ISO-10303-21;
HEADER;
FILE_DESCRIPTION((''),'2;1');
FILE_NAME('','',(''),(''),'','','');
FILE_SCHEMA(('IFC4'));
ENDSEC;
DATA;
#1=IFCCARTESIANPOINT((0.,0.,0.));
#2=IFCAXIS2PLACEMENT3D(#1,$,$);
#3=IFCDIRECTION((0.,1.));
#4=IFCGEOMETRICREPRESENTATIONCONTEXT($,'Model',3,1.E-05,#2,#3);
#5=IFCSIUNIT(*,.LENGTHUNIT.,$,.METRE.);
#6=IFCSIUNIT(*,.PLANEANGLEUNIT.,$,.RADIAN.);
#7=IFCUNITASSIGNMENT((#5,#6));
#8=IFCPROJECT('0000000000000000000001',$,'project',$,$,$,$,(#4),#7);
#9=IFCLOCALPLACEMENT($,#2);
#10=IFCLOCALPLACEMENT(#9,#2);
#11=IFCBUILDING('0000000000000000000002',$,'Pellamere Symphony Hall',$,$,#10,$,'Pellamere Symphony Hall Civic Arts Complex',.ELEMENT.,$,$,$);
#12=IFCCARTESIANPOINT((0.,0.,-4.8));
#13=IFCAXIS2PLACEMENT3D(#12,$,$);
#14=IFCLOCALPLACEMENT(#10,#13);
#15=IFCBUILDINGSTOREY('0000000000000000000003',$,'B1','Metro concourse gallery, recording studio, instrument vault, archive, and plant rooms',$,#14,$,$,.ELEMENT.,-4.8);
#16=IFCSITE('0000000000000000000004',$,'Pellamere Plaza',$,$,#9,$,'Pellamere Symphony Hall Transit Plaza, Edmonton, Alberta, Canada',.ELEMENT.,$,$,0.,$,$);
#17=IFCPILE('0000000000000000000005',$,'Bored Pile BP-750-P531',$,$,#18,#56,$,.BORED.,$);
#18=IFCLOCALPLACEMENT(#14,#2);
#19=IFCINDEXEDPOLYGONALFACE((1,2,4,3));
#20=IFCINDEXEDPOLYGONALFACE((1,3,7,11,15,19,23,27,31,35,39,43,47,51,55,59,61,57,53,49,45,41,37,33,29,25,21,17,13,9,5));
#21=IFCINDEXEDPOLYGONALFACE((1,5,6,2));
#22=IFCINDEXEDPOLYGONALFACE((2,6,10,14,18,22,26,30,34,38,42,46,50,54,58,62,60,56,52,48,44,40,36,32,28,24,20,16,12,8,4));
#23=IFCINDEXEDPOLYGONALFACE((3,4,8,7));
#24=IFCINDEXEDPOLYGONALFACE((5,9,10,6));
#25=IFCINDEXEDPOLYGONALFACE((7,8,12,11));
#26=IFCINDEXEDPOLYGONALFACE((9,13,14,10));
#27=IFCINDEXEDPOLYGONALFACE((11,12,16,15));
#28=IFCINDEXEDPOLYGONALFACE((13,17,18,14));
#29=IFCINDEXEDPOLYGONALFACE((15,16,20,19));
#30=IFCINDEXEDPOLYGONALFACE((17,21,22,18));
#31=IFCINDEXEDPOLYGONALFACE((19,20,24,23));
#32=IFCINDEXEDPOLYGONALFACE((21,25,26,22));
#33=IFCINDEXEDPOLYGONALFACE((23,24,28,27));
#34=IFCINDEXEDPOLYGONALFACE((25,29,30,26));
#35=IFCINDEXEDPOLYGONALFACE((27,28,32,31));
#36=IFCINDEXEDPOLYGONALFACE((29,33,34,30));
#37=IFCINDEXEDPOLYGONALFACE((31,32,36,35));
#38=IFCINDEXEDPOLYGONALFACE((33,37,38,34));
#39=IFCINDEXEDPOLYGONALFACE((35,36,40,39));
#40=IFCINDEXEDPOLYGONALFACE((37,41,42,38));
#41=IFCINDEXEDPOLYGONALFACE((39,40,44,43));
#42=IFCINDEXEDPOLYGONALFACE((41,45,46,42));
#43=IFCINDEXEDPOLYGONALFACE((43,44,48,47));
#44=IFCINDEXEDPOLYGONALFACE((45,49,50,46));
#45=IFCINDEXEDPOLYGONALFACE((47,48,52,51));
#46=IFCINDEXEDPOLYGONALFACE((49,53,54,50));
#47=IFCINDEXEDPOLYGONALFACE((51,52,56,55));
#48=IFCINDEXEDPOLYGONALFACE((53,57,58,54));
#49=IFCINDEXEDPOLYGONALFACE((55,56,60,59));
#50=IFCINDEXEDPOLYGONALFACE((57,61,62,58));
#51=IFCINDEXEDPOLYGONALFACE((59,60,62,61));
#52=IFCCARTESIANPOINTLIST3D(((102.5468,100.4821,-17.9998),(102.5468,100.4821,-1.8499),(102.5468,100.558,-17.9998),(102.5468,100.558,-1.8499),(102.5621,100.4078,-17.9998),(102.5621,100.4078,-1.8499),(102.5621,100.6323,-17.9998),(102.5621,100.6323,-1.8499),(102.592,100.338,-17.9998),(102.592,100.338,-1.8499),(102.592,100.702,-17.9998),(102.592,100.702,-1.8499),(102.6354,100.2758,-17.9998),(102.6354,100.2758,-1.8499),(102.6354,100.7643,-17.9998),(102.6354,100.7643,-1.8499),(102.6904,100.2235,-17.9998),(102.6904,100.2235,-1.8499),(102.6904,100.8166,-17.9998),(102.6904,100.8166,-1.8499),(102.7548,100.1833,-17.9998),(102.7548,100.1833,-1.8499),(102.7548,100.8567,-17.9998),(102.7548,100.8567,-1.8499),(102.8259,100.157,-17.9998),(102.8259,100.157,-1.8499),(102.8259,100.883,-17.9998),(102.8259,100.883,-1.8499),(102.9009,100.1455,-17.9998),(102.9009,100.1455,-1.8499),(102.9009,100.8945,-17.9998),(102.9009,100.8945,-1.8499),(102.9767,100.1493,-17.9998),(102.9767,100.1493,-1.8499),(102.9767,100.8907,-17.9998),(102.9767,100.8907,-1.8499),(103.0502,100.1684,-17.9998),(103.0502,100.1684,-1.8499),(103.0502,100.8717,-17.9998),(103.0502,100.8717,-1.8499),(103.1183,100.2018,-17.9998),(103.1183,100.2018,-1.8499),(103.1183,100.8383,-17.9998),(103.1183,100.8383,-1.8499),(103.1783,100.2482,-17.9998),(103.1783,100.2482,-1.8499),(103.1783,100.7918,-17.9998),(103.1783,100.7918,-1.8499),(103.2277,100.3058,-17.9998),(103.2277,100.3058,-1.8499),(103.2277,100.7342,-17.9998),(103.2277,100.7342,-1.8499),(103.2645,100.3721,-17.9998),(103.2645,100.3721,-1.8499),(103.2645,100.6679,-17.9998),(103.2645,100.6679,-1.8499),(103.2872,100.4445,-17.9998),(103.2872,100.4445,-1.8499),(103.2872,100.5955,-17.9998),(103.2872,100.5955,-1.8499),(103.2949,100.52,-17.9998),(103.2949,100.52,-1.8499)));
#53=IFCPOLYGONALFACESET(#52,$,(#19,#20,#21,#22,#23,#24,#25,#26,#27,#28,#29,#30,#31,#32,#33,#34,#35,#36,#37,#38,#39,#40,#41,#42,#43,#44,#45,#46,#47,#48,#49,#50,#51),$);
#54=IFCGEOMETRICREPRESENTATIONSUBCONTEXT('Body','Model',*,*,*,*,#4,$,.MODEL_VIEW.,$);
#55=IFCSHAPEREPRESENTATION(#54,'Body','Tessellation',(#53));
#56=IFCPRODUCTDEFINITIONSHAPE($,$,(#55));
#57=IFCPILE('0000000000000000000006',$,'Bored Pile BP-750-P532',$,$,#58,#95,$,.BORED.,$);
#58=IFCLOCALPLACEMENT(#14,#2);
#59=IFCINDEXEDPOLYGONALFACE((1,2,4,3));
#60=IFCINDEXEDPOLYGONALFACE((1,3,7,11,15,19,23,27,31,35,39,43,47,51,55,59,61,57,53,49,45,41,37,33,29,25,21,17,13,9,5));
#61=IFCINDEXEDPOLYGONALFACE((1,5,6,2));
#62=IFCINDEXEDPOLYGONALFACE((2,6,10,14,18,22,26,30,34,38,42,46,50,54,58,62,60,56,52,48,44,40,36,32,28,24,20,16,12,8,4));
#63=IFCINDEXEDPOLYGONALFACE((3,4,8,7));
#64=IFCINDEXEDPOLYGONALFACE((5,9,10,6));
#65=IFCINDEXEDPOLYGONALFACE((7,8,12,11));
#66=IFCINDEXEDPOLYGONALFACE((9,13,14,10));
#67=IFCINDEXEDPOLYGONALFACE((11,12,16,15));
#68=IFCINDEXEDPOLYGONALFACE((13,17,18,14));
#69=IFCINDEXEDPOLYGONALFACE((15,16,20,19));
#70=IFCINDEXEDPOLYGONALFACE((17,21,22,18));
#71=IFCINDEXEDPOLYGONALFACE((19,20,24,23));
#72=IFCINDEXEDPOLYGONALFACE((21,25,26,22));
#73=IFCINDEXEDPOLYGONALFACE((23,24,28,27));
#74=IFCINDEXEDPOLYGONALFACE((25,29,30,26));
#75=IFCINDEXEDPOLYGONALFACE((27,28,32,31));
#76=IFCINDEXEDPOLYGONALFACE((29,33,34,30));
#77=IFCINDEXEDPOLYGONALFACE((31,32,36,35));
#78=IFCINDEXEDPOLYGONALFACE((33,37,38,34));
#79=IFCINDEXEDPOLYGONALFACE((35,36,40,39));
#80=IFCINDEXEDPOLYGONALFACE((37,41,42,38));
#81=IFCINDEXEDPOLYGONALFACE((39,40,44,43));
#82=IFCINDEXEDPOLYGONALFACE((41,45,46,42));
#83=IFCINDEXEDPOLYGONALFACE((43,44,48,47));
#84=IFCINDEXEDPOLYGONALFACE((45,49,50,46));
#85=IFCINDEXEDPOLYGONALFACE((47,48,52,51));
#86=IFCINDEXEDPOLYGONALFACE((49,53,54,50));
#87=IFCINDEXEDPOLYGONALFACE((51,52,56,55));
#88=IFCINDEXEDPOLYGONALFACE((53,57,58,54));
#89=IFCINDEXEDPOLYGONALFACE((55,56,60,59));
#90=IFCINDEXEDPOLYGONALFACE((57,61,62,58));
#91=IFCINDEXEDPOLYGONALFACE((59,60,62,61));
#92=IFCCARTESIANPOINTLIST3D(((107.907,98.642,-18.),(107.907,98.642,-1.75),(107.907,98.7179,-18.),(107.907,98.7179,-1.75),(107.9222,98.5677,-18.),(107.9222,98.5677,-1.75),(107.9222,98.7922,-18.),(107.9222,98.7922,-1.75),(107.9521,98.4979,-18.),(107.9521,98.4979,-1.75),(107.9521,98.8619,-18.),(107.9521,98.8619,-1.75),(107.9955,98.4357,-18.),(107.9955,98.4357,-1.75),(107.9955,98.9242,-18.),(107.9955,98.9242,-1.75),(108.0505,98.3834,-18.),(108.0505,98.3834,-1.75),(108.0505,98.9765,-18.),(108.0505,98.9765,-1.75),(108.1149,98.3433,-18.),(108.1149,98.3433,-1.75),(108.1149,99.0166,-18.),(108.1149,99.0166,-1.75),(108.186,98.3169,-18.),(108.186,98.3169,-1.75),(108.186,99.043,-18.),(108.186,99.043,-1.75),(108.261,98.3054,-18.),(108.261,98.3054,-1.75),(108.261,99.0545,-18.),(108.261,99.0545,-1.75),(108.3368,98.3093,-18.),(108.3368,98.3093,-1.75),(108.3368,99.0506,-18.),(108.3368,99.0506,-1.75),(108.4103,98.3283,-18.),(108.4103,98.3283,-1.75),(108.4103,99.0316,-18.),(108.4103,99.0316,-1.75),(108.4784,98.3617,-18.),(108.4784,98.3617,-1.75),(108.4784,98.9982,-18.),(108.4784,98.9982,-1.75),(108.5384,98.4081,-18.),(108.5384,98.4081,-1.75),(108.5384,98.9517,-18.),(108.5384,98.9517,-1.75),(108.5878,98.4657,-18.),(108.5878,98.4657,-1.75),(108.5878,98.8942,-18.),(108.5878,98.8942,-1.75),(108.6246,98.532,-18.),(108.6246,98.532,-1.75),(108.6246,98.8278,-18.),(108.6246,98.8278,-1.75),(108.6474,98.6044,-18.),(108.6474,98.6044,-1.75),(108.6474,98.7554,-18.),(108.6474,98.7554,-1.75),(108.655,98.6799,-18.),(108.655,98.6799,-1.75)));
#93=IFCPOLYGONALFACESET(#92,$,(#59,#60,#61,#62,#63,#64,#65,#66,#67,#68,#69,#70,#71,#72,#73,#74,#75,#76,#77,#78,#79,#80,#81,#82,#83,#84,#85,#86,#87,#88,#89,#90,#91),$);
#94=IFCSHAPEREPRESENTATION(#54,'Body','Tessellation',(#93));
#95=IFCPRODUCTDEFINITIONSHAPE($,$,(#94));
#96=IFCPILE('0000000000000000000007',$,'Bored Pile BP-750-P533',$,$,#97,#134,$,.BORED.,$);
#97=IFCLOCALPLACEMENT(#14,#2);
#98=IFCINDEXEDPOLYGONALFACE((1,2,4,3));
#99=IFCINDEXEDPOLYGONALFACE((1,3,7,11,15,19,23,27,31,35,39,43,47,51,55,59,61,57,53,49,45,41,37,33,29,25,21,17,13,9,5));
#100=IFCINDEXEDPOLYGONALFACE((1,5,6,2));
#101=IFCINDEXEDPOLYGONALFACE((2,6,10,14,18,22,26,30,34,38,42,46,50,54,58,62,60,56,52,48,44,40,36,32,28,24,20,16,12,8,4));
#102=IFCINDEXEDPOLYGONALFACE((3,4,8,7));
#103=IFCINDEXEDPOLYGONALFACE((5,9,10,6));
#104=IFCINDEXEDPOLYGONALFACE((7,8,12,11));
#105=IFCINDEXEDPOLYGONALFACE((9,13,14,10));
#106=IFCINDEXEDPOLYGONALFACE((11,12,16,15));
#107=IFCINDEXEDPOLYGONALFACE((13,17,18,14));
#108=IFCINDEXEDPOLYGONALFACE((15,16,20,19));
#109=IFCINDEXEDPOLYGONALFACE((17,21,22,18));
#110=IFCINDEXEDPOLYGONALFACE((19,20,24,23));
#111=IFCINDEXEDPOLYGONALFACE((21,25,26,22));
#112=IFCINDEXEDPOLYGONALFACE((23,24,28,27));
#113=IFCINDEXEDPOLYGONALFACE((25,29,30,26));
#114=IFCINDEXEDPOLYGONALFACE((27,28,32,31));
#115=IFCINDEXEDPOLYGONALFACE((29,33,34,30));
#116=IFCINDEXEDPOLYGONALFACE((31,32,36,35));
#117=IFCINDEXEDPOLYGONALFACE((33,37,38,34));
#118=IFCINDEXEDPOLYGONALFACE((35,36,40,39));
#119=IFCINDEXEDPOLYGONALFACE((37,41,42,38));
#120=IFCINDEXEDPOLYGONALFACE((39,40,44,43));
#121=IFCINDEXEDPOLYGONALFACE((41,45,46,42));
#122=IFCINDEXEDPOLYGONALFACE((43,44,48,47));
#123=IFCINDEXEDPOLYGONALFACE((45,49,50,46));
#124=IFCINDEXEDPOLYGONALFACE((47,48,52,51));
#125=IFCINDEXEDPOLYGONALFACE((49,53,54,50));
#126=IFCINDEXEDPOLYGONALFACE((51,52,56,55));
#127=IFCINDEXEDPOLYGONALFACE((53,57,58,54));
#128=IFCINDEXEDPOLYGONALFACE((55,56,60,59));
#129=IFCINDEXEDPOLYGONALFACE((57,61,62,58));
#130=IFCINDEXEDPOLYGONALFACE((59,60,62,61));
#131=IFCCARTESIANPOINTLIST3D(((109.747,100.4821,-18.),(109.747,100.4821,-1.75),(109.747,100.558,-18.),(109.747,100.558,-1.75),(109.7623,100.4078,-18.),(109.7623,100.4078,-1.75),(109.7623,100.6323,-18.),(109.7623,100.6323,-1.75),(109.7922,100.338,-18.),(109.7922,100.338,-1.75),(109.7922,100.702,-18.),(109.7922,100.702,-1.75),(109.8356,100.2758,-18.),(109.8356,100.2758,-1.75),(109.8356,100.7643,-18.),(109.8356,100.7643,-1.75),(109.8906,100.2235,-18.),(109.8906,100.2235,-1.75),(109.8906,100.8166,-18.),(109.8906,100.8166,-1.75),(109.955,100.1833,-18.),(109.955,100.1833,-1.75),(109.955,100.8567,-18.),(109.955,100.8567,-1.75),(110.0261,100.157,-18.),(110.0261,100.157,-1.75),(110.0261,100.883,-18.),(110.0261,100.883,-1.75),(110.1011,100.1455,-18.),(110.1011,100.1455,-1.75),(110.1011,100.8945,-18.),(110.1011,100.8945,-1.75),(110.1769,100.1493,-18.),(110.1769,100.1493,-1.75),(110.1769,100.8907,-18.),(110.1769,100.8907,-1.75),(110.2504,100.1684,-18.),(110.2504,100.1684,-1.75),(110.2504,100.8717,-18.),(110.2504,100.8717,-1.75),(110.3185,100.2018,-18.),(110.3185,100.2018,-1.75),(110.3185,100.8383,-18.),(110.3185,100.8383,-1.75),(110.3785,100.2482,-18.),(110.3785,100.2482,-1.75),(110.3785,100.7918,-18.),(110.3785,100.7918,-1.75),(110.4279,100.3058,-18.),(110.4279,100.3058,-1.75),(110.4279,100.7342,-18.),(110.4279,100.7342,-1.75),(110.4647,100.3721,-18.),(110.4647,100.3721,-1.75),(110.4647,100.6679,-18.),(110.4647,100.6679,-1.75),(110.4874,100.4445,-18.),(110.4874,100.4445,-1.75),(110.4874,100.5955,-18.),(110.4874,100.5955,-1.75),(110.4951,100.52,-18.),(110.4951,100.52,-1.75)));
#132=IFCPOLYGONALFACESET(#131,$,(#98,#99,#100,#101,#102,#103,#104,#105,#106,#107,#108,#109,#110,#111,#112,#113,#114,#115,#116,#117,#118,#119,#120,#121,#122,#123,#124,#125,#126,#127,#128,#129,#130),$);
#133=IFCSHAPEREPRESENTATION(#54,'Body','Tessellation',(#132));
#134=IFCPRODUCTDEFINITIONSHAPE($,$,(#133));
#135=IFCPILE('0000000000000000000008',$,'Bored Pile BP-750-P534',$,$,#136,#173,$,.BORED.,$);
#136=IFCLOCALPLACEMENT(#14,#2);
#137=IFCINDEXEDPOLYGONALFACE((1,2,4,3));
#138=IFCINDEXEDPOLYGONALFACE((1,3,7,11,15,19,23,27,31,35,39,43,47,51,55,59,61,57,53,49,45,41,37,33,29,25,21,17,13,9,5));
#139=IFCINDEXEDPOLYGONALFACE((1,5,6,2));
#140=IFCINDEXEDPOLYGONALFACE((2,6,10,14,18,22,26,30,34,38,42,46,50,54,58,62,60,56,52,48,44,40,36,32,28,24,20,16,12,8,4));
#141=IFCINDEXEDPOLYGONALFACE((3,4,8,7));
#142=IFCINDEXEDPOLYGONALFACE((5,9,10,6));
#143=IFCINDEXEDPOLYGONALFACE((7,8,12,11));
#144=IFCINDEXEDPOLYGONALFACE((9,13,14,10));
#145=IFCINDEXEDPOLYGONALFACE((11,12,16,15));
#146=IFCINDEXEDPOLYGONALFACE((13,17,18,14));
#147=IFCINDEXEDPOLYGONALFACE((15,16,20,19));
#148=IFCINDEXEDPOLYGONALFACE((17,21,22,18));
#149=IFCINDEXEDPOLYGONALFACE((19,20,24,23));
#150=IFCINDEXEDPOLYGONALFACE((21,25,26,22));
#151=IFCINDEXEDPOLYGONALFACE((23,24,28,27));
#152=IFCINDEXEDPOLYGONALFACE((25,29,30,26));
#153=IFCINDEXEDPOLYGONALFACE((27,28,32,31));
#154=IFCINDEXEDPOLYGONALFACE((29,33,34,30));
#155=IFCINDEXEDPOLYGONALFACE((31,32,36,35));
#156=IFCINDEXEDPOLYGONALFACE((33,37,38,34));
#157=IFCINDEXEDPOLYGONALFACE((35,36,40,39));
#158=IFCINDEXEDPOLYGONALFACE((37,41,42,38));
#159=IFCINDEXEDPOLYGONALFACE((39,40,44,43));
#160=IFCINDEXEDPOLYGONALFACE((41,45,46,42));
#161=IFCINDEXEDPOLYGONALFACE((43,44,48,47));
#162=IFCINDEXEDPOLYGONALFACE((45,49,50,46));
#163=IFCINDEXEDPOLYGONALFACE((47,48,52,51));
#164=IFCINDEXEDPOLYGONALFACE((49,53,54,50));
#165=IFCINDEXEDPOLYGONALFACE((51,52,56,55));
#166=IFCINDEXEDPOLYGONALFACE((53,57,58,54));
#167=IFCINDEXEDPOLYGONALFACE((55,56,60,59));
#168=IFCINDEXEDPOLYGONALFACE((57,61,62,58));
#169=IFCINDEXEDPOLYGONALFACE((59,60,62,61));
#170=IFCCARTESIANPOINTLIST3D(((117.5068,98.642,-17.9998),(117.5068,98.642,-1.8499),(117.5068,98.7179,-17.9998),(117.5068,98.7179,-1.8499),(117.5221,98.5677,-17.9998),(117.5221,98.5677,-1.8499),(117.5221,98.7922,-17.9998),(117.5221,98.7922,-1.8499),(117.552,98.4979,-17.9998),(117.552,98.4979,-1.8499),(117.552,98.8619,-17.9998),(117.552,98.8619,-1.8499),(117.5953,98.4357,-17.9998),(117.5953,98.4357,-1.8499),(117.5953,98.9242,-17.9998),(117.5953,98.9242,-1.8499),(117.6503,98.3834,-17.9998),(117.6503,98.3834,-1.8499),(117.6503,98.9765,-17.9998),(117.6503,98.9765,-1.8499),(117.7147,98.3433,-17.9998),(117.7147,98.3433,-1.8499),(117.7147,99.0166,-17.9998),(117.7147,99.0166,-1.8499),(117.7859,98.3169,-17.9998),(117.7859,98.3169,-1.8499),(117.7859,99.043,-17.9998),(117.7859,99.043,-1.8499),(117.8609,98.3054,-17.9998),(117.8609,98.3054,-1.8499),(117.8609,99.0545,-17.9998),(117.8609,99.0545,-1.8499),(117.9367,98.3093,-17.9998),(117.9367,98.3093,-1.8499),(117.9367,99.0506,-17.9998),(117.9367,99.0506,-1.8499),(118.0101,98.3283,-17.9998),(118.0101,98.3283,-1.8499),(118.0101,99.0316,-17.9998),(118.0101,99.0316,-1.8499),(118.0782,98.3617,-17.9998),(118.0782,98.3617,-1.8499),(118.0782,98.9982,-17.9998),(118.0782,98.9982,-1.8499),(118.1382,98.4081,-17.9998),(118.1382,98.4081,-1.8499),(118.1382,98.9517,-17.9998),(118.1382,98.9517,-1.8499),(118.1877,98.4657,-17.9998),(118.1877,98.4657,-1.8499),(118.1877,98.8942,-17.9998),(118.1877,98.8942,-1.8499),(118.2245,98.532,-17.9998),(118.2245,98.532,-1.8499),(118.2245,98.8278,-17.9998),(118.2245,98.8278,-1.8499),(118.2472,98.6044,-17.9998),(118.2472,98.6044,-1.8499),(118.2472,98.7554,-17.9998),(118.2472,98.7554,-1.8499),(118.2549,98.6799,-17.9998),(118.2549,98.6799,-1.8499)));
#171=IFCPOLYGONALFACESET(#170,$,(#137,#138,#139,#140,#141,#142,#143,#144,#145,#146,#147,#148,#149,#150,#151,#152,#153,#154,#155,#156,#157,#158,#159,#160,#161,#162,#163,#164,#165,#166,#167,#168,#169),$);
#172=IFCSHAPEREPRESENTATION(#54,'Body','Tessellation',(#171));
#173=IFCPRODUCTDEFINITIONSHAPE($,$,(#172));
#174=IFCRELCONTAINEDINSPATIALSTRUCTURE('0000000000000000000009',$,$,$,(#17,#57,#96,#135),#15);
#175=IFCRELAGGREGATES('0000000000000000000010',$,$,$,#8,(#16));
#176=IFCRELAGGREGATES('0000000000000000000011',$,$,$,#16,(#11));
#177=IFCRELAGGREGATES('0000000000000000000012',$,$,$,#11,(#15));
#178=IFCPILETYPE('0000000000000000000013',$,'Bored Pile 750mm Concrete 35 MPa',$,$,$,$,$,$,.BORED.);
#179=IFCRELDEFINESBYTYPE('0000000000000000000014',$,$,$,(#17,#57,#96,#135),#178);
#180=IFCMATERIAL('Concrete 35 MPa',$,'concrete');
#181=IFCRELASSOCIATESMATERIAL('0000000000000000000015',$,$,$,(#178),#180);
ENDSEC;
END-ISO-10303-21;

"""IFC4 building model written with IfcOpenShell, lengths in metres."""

from ifc_helpers import new_model, si_unit, direction, frame, origin, origin_2d, place, context, subcontext, project, spatial, circle, extrude, material, material_profile, profile_set, type_object, element, save


model = new_model("IFC4")

# Units and contexts
model_context = context("Model", 3, precision=1e-05, world=origin(), true_north=direction((0.0, 1.0)))
body_context = subcontext(model_context, "Body", "Model", "MODEL_VIEW")
ifc_project = project(units=[si_unit("LENGTHUNIT", "METRE"), si_unit("PLANEANGLEUNIT", "RADIAN")], contexts=[model_context])

# Site, building, storey
site_placement = place(None, origin())
site = spatial("IfcSite", under=ifc_project, at=site_placement, Name="Pellamere Plaza", LongName="Pellamere Symphony Hall Transit Plaza, Edmonton, Alberta, Canada", CompositionType="ELEMENT", RefElevation=0.0)
building_placement = place(site_placement, origin())
building = spatial("IfcBuilding", under=site, at=building_placement, Name="Pellamere Symphony Hall", LongName="Pellamere Symphony Hall Civic Arts Complex", CompositionType="ELEMENT")
storey_placement = place(building_placement, frame((0.0, 0.0, -4.8)))
storey = spatial("IfcBuildingStorey", under=building, at=storey_placement, Name="B1", Description="Metro concourse gallery, recording studio, instrument vault, archive, and plant rooms", CompositionType="ELEMENT", Elevation=-4.8)

# Piles
ifc_material_1 = material(Name="Concrete 35 MPa", Category="concrete")
ifc_material_profile_1 = material_profile(ifc_material_1, circle(Radius=0.375, at=origin_2d()), Name="PILE D750")
ifc_profile_set_1 = profile_set([ifc_material_profile_1], Name="Concrete 35 MPa")
pile_type = type_object("IfcPileType", Name="Bored Pile 750mm Concrete 35 MPa", PredefinedType="BORED", material=ifc_profile_set_1)
pile_1_placement = place(storey_placement, frame((102.9199, 100.52, -1.8499), z_axis=(0.0, 0.0, -1.0), x_axis=(1.0, 0.0, 0.0)))
element("IfcPile", 1, at=pile_1_placement, inside=storey, type_object=pile_type, Name="Bored Pile BP-750-P531", PredefinedType="BORED", context=body_context, shape_type="SweptSolid", body=[
    extrude(circle(Radius=0.375, at=origin_2d()), origin(), (0.0, 0.0, 1.0), 16.1499),
])
for number, where, z_axis, x_axis, name in (
    (2, (108.28, 98.6799, -1.75), (0.0, 0.0, -1.0), (1.0, 0.0, 0.0), "Bored Pile BP-750-P532"),
    (3, (110.1201, 100.52, -1.75), (0.0, 0.0, -1.0), (1.0, 0.0, 0.0), "Bored Pile BP-750-P533"),
):
    element("IfcPile", number, at=place(storey_placement, frame(where, z_axis=z_axis, x_axis=x_axis)), inside=storey, type_object=pile_type, Name=name, PredefinedType="BORED", context=body_context, shape_type="SweptSolid", body=[
        extrude(circle(Radius=0.375, at=origin_2d()), origin(), (0.0, 0.0, 1.0), 16.25),
    ])
pile_2_placement = place(storey_placement, frame((117.8799, 98.6799, -1.8499), z_axis=(0.0, 0.0, -1.0), x_axis=(1.0, 0.0, 0.0)))
element("IfcPile", 4, at=pile_2_placement, inside=storey, type_object=pile_type, Name="Bored Pile BP-750-P534", PredefinedType="BORED", context=body_context, shape_type="SweptSolid", body=[
    extrude(circle(Radius=0.375, at=origin_2d()), origin(), (0.0, 0.0, 1.0), 16.1499),
])

save(model, "model.ifc")
